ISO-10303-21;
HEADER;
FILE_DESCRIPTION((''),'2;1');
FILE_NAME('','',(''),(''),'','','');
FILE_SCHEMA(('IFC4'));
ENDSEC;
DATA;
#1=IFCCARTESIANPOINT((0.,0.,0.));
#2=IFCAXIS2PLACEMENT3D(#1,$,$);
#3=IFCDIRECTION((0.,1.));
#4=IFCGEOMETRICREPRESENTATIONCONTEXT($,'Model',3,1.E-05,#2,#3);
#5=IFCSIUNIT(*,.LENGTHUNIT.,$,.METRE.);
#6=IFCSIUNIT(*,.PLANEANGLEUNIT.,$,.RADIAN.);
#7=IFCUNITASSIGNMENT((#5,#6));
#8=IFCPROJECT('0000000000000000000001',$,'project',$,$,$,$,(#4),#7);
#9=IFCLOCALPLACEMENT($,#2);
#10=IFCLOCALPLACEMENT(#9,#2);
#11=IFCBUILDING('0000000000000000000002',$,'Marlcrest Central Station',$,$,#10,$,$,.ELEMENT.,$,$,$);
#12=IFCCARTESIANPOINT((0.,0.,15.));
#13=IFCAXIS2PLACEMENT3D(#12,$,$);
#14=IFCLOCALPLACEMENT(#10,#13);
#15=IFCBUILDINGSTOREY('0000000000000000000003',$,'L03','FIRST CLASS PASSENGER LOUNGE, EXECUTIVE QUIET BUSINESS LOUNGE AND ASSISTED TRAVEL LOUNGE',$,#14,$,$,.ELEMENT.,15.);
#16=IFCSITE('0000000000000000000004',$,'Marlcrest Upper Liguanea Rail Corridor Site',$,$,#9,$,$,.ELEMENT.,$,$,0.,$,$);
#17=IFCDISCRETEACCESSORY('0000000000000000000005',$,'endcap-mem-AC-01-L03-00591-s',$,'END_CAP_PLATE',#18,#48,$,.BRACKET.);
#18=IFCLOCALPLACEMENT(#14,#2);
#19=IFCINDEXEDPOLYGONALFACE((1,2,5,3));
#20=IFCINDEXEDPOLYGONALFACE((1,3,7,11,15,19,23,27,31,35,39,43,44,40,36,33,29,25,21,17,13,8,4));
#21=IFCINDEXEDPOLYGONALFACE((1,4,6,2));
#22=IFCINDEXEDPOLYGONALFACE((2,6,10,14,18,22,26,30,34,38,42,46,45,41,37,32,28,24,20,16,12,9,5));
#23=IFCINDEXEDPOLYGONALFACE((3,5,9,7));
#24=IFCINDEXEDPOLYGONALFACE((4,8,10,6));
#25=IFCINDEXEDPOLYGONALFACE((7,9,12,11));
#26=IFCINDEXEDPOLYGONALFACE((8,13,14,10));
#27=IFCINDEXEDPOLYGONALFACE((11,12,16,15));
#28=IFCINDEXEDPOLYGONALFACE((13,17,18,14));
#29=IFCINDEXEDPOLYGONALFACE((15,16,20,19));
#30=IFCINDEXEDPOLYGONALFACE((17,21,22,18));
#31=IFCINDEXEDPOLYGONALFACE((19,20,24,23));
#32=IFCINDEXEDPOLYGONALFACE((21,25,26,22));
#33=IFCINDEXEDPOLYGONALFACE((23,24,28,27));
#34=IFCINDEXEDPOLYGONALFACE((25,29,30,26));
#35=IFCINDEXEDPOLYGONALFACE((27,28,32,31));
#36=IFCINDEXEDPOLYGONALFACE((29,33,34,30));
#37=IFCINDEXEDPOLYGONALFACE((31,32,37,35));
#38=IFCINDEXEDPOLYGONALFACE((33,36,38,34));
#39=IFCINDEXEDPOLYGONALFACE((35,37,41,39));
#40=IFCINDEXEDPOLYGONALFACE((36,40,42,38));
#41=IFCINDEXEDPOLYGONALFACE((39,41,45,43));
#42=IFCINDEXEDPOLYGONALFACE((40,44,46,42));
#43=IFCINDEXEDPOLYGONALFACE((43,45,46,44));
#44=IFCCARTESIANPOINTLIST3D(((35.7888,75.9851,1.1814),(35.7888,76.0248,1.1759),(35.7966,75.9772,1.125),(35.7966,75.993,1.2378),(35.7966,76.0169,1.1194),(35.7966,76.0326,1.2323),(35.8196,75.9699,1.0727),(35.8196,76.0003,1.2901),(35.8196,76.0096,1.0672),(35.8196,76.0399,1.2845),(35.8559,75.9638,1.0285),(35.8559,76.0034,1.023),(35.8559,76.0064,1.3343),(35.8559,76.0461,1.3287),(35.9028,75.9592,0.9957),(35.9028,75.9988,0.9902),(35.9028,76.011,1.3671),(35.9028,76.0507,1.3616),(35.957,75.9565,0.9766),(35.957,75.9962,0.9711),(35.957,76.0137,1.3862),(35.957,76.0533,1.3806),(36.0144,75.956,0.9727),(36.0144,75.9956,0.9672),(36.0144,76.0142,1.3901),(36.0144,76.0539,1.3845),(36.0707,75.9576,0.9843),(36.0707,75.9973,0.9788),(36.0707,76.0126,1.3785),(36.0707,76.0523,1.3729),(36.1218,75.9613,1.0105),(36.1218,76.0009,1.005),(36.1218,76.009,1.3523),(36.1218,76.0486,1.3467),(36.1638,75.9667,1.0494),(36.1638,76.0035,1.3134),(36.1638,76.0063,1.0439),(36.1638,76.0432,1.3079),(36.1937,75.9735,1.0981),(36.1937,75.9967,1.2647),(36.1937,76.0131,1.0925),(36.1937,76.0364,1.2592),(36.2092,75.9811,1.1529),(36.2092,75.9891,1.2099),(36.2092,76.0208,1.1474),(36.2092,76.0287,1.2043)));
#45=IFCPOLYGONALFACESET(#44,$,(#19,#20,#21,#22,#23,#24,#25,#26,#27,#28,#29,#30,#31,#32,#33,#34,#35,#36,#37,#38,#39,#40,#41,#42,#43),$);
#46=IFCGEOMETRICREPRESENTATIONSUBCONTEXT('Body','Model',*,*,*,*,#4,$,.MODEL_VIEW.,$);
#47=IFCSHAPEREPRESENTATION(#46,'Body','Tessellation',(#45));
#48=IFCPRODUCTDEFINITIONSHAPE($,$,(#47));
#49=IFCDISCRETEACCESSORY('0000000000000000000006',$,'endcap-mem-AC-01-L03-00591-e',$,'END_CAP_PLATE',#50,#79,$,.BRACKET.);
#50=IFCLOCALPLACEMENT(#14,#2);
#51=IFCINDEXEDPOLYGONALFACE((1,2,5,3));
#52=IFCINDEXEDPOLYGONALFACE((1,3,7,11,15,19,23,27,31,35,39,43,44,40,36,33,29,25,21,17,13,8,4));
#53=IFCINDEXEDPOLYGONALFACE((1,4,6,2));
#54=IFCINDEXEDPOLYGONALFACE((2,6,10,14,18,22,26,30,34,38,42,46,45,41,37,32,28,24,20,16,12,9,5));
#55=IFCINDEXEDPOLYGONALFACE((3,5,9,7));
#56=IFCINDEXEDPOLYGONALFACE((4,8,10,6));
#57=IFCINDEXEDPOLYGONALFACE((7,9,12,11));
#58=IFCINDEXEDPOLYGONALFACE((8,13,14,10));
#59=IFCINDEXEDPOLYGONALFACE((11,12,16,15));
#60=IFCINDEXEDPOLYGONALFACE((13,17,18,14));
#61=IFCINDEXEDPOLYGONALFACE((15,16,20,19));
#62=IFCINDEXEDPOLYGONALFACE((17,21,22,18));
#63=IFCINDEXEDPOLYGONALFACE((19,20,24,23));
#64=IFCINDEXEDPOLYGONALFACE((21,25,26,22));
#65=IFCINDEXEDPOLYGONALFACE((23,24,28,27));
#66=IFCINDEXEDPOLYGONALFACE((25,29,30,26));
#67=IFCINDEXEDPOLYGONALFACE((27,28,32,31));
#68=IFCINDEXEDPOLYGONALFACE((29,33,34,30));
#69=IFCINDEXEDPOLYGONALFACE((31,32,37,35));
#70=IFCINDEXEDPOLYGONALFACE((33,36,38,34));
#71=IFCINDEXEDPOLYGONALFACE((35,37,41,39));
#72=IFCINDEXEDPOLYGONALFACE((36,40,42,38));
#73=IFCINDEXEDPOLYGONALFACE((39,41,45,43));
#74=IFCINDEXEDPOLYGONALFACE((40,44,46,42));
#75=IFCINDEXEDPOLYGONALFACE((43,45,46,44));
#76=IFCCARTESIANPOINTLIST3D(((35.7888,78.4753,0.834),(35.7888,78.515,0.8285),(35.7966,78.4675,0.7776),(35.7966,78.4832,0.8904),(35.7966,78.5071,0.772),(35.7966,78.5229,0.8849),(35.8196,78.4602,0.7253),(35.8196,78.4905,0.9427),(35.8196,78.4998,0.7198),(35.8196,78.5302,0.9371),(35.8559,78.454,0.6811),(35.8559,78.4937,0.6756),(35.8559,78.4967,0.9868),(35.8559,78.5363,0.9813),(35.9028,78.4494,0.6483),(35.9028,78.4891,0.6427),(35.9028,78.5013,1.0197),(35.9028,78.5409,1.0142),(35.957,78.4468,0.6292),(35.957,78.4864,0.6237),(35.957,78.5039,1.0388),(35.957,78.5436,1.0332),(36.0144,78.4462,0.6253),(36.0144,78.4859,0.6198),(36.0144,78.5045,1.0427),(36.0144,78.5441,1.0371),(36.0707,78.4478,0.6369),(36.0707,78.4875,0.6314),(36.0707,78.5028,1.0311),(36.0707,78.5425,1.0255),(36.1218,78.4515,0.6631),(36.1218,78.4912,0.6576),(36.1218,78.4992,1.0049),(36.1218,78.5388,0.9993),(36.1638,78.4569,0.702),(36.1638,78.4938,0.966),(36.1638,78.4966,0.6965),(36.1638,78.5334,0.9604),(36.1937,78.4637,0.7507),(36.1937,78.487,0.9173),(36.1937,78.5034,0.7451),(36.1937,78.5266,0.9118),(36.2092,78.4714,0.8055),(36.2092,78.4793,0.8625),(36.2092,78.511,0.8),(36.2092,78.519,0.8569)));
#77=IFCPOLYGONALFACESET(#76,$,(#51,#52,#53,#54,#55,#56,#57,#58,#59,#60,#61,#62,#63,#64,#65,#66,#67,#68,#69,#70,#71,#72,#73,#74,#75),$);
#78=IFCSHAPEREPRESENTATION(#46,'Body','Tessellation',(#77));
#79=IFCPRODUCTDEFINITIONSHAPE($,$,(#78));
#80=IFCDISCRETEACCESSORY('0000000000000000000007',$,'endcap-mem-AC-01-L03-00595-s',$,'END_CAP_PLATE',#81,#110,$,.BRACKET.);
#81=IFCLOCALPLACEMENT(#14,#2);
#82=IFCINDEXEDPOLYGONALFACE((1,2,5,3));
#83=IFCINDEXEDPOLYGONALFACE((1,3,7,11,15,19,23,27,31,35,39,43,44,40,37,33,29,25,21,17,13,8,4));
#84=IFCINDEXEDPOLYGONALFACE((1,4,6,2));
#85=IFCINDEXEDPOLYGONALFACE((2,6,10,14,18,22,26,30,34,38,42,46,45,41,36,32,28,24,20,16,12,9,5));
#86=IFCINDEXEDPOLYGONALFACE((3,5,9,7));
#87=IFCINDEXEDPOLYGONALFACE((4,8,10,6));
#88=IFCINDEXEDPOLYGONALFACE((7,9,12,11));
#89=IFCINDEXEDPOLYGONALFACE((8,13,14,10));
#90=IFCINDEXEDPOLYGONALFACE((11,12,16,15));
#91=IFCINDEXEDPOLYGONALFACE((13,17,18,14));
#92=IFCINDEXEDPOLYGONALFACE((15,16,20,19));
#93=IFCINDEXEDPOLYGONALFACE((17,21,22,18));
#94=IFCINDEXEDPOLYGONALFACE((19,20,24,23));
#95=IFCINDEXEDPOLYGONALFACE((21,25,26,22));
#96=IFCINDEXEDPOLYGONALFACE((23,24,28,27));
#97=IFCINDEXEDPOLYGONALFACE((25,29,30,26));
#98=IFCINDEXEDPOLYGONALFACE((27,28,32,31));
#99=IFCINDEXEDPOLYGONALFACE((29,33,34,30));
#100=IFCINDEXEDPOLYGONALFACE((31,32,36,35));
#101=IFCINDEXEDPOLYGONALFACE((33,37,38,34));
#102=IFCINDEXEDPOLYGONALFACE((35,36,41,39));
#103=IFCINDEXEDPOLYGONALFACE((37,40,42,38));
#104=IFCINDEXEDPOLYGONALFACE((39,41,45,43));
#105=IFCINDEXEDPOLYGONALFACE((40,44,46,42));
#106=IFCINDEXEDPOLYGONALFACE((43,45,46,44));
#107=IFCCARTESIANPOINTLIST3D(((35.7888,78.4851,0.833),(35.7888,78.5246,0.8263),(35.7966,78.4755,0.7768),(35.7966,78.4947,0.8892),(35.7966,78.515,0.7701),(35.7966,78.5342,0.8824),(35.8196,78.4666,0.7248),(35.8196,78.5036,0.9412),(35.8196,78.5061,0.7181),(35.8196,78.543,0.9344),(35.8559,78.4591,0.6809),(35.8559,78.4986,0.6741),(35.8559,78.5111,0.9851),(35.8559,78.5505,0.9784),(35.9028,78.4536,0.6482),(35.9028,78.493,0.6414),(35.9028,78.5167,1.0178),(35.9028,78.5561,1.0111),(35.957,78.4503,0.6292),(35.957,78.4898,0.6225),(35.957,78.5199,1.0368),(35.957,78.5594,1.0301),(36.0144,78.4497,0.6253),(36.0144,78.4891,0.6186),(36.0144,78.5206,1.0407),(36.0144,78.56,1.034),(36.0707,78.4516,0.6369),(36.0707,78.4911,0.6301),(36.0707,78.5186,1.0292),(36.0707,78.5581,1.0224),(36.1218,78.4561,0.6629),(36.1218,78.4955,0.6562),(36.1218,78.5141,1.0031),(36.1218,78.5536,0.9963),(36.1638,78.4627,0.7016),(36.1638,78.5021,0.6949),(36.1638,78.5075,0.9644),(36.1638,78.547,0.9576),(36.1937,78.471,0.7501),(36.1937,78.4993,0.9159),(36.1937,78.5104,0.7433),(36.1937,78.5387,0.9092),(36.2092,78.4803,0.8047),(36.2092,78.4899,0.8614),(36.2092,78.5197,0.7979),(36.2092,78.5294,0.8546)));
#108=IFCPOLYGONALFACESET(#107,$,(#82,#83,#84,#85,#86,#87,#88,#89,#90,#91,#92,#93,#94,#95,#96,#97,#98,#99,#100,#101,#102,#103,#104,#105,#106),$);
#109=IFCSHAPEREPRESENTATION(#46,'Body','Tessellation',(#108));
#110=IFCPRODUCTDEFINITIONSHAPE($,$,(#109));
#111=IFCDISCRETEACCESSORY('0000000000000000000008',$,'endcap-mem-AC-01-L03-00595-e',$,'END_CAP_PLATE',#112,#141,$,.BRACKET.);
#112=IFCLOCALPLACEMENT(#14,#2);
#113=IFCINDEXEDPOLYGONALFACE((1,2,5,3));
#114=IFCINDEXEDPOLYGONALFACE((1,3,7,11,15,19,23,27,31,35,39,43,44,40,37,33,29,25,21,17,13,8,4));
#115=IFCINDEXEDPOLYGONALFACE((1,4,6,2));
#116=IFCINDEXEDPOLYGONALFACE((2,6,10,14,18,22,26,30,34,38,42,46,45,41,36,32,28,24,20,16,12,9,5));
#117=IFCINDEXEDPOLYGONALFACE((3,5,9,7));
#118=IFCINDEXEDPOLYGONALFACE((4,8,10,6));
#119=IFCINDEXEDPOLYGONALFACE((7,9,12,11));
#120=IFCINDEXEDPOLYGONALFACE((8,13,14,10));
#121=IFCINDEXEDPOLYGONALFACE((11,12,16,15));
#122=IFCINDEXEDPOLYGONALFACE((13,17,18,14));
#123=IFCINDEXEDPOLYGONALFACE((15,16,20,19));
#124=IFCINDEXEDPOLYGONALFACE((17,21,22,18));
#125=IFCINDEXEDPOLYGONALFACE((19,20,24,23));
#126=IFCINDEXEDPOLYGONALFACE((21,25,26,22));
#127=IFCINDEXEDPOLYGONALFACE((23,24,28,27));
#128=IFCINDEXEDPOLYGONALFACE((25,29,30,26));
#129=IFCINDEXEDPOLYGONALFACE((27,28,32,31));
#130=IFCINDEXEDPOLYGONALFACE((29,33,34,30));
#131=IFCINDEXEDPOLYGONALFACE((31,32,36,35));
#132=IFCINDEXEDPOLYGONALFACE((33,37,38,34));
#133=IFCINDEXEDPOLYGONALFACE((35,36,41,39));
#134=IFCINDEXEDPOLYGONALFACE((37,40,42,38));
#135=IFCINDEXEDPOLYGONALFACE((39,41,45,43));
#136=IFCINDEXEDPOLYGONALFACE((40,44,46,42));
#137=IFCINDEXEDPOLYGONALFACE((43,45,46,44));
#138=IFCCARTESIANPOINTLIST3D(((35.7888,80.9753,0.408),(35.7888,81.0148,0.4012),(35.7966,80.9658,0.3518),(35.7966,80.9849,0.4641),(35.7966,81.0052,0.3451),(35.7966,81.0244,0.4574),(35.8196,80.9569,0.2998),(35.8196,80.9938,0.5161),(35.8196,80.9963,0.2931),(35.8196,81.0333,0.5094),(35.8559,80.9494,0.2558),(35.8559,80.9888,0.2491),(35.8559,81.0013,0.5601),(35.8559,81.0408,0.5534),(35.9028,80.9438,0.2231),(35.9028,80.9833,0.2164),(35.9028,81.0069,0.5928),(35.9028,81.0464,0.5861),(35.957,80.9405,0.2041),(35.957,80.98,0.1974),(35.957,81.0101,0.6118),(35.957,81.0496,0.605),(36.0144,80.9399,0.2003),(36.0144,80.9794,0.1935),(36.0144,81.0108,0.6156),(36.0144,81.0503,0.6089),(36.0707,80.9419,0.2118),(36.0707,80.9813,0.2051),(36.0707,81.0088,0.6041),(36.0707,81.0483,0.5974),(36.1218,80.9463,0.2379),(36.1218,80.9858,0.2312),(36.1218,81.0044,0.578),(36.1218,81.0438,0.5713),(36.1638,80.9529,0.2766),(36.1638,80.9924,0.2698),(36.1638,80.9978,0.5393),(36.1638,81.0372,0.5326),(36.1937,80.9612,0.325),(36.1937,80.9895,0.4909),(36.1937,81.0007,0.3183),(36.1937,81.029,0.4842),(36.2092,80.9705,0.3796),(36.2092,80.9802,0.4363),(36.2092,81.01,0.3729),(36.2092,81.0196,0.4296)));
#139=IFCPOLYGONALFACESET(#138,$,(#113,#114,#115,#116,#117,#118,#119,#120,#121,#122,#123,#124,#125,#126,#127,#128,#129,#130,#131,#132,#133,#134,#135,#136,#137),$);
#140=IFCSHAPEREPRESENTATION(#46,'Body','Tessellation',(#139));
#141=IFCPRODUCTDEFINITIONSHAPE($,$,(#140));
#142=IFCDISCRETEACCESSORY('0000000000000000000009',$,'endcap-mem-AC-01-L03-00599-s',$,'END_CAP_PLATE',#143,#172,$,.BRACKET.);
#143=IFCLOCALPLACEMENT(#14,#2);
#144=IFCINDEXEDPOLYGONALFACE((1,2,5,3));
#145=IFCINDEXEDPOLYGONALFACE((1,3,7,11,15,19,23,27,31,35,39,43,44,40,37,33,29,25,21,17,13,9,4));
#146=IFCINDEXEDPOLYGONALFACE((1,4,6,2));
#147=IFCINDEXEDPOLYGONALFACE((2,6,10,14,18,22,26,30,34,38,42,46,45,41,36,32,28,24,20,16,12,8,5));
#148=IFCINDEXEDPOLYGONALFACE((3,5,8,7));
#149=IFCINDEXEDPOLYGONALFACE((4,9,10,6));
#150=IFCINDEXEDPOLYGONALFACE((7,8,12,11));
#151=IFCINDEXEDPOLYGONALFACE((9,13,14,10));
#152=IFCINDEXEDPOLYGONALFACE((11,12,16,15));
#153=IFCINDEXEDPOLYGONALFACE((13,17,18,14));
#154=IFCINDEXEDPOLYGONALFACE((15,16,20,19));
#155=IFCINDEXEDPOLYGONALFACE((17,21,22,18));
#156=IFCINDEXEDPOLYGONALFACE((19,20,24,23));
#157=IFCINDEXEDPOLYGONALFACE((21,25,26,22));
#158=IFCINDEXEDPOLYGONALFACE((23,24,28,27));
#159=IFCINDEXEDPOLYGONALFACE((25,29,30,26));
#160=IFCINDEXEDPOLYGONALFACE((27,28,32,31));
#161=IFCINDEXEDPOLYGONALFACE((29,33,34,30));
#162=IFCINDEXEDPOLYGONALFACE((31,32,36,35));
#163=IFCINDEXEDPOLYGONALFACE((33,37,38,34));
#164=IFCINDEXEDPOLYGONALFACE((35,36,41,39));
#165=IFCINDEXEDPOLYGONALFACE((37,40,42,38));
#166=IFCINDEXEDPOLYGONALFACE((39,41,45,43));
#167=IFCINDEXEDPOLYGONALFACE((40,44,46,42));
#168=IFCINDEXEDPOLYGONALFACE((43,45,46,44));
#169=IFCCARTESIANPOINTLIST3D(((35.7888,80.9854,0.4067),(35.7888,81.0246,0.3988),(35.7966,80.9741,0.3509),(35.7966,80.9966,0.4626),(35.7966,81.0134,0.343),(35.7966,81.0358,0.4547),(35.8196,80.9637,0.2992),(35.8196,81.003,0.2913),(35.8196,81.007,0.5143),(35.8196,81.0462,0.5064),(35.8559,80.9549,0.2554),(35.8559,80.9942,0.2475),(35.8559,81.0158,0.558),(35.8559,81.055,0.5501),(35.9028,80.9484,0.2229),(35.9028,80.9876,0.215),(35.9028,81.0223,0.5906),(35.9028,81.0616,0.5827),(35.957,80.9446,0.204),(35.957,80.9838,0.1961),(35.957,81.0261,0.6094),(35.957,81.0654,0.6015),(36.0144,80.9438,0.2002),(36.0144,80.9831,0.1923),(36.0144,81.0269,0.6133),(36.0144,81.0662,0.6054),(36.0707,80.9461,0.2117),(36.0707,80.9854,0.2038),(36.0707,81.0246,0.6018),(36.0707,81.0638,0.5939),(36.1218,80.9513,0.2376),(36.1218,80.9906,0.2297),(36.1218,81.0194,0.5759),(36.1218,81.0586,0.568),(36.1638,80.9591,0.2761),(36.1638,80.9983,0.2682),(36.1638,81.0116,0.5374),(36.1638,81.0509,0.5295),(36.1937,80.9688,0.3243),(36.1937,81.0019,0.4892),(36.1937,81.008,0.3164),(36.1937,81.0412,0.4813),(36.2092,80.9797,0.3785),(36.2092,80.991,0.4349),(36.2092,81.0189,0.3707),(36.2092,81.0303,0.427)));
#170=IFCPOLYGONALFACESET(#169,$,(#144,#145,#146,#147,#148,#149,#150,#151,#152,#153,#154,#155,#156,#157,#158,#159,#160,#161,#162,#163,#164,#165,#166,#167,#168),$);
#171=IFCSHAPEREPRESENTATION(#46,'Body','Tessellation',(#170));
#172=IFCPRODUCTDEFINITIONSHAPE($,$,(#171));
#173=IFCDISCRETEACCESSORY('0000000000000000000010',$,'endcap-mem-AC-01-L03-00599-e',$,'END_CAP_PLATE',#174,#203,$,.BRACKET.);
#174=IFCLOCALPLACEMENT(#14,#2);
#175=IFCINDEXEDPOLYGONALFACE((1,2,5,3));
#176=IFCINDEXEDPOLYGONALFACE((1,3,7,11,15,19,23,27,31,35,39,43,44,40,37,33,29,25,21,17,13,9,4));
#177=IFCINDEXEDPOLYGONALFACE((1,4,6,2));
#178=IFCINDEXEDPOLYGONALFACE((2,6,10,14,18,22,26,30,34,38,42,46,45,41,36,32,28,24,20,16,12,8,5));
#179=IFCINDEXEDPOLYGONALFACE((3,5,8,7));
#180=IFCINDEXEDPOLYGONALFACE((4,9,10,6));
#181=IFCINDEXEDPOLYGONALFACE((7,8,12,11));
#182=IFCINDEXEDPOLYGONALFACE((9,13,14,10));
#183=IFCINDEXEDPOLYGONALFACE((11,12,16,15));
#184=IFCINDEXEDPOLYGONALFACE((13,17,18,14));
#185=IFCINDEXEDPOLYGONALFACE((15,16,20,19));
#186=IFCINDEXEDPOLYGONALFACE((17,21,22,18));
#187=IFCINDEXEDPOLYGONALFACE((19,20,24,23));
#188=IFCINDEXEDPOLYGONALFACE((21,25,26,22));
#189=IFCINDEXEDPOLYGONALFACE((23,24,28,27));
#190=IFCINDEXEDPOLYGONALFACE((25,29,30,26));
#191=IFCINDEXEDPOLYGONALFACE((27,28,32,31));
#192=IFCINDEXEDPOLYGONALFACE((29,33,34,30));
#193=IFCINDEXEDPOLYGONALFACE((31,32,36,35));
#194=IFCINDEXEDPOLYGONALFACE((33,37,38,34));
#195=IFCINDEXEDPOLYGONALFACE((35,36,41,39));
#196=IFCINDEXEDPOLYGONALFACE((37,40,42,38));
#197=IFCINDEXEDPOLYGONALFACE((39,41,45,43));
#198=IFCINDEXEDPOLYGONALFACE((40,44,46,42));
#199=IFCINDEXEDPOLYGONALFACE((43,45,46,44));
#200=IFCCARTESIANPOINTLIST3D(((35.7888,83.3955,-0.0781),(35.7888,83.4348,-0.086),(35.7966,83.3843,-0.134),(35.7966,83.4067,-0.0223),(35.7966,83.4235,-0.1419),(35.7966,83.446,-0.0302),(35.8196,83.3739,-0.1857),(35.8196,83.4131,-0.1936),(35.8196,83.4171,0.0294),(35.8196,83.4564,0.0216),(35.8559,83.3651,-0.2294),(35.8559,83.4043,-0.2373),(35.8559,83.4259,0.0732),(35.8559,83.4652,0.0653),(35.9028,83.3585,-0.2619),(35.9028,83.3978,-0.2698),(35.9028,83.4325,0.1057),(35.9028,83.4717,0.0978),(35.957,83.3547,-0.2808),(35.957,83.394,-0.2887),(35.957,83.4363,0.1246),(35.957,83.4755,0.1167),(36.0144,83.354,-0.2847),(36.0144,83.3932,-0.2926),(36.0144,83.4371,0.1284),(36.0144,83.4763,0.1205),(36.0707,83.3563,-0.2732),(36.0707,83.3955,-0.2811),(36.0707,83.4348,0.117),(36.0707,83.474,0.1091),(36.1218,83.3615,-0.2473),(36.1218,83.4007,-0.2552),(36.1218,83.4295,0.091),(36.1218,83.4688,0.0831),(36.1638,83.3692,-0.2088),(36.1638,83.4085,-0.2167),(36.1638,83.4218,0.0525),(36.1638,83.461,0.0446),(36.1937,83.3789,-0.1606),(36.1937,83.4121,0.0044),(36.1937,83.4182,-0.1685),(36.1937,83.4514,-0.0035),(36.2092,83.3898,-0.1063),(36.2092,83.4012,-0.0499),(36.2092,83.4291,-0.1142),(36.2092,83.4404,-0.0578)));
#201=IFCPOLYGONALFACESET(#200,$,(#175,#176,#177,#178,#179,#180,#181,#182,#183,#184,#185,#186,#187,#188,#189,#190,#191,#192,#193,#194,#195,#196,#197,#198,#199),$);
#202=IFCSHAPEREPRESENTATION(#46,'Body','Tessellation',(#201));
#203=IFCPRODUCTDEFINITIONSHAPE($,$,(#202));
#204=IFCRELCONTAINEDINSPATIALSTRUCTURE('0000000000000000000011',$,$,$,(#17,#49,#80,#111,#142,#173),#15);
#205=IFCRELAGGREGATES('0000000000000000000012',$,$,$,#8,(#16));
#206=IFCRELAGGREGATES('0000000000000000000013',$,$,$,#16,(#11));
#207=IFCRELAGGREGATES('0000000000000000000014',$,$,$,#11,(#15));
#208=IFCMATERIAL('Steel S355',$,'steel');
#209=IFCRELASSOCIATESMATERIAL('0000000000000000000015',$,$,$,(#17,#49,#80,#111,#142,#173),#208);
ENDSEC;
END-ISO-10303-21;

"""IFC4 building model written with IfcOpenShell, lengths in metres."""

from ifc_helpers import new_model, si_unit, direction, frame, origin, origin_2d, place, context, subcontext, project, spatial, circle, extrude, material, element, save


model = new_model("IFC4")

# Units and contexts
model_context = context("Model", 3, precision=1e-05, world=origin(), true_north=direction((0.0, 1.0)))
body_context = subcontext(model_context, "Body", "Model", "MODEL_VIEW")
ifc_project = project(units=[si_unit("LENGTHUNIT", "METRE"), si_unit("PLANEANGLEUNIT", "RADIAN")], contexts=[model_context])

# Site, building, storey
site_placement = place(None, origin())
site = spatial("IfcSite", under=ifc_project, at=site_placement, Name="Marlcrest Upper Liguanea Rail Corridor Site", CompositionType="ELEMENT", RefElevation=0.0)
building_placement = place(site_placement, origin())
building = spatial("IfcBuilding", under=site, at=building_placement, Name="Marlcrest Central Station", CompositionType="ELEMENT")
storey_placement = place(building_placement, frame((0.0, 0.0, 15.0)))
storey = spatial("IfcBuildingStorey", under=building, at=storey_placement, Name="L03", Description="FIRST CLASS PASSENGER LOUNGE, EXECUTIVE QUIET BUSINESS LOUNGE AND ASSISTED TRAVEL LOUNGE", CompositionType="ELEMENT", Elevation=15.0)

# Shared definitions
ifc_material_1 = material(Name="Steel S355", Category="steel")

# Discrete accessories
for number, where, z_axis, x_axis, name in (
    (1, (36.0, 75.9851, 1.1814), (0.0, 0.990403, -0.138211), (-1.0, 0.0, 0.0), "endcap-mem-AC-01-L03-00591-s"),
    (2, (36.0, 78.4753, 0.834), (0.0, 0.990403, -0.138211), (-1.0, 0.0, 0.0), "endcap-mem-AC-01-L03-00591-e"),
    (3, (36.0, 78.4851, 0.833), (0.0, 0.985741, -0.168269), (-1.0, 0.0, 0.0), "endcap-mem-AC-01-L03-00595-s"),
    (4, (36.0, 80.9753, 0.408), (0.0, 0.985741, -0.168269), (-1.0, 0.0, 0.0), "endcap-mem-AC-01-L03-00595-e"),
    (5, (36.0, 80.9854, 0.4067), (0.0, 0.980359, -0.197219), (-1.0, 0.0, 0.0), "endcap-mem-AC-01-L03-00599-s"),
    (6, (36.0, 83.3955, -0.0781), (0.0, 0.980359, -0.197219), (-1.0, 0.0, 0.0), "endcap-mem-AC-01-L03-00599-e"),
):
    element("IfcDiscreteAccessory", number, at=place(storey_placement, frame(where, z_axis=z_axis, x_axis=x_axis)), inside=storey, material=ifc_material_1, Name=name, ObjectType="END_CAP_PLATE", PredefinedType="BRACKET", context=body_context, shape_type="SweptSolid", body=[
        extrude(circle(Radius=0.2112, at=origin_2d()), origin(), (0.0, 0.0, 1.0), 0.04),
    ])

save(model, "model.ifc")
